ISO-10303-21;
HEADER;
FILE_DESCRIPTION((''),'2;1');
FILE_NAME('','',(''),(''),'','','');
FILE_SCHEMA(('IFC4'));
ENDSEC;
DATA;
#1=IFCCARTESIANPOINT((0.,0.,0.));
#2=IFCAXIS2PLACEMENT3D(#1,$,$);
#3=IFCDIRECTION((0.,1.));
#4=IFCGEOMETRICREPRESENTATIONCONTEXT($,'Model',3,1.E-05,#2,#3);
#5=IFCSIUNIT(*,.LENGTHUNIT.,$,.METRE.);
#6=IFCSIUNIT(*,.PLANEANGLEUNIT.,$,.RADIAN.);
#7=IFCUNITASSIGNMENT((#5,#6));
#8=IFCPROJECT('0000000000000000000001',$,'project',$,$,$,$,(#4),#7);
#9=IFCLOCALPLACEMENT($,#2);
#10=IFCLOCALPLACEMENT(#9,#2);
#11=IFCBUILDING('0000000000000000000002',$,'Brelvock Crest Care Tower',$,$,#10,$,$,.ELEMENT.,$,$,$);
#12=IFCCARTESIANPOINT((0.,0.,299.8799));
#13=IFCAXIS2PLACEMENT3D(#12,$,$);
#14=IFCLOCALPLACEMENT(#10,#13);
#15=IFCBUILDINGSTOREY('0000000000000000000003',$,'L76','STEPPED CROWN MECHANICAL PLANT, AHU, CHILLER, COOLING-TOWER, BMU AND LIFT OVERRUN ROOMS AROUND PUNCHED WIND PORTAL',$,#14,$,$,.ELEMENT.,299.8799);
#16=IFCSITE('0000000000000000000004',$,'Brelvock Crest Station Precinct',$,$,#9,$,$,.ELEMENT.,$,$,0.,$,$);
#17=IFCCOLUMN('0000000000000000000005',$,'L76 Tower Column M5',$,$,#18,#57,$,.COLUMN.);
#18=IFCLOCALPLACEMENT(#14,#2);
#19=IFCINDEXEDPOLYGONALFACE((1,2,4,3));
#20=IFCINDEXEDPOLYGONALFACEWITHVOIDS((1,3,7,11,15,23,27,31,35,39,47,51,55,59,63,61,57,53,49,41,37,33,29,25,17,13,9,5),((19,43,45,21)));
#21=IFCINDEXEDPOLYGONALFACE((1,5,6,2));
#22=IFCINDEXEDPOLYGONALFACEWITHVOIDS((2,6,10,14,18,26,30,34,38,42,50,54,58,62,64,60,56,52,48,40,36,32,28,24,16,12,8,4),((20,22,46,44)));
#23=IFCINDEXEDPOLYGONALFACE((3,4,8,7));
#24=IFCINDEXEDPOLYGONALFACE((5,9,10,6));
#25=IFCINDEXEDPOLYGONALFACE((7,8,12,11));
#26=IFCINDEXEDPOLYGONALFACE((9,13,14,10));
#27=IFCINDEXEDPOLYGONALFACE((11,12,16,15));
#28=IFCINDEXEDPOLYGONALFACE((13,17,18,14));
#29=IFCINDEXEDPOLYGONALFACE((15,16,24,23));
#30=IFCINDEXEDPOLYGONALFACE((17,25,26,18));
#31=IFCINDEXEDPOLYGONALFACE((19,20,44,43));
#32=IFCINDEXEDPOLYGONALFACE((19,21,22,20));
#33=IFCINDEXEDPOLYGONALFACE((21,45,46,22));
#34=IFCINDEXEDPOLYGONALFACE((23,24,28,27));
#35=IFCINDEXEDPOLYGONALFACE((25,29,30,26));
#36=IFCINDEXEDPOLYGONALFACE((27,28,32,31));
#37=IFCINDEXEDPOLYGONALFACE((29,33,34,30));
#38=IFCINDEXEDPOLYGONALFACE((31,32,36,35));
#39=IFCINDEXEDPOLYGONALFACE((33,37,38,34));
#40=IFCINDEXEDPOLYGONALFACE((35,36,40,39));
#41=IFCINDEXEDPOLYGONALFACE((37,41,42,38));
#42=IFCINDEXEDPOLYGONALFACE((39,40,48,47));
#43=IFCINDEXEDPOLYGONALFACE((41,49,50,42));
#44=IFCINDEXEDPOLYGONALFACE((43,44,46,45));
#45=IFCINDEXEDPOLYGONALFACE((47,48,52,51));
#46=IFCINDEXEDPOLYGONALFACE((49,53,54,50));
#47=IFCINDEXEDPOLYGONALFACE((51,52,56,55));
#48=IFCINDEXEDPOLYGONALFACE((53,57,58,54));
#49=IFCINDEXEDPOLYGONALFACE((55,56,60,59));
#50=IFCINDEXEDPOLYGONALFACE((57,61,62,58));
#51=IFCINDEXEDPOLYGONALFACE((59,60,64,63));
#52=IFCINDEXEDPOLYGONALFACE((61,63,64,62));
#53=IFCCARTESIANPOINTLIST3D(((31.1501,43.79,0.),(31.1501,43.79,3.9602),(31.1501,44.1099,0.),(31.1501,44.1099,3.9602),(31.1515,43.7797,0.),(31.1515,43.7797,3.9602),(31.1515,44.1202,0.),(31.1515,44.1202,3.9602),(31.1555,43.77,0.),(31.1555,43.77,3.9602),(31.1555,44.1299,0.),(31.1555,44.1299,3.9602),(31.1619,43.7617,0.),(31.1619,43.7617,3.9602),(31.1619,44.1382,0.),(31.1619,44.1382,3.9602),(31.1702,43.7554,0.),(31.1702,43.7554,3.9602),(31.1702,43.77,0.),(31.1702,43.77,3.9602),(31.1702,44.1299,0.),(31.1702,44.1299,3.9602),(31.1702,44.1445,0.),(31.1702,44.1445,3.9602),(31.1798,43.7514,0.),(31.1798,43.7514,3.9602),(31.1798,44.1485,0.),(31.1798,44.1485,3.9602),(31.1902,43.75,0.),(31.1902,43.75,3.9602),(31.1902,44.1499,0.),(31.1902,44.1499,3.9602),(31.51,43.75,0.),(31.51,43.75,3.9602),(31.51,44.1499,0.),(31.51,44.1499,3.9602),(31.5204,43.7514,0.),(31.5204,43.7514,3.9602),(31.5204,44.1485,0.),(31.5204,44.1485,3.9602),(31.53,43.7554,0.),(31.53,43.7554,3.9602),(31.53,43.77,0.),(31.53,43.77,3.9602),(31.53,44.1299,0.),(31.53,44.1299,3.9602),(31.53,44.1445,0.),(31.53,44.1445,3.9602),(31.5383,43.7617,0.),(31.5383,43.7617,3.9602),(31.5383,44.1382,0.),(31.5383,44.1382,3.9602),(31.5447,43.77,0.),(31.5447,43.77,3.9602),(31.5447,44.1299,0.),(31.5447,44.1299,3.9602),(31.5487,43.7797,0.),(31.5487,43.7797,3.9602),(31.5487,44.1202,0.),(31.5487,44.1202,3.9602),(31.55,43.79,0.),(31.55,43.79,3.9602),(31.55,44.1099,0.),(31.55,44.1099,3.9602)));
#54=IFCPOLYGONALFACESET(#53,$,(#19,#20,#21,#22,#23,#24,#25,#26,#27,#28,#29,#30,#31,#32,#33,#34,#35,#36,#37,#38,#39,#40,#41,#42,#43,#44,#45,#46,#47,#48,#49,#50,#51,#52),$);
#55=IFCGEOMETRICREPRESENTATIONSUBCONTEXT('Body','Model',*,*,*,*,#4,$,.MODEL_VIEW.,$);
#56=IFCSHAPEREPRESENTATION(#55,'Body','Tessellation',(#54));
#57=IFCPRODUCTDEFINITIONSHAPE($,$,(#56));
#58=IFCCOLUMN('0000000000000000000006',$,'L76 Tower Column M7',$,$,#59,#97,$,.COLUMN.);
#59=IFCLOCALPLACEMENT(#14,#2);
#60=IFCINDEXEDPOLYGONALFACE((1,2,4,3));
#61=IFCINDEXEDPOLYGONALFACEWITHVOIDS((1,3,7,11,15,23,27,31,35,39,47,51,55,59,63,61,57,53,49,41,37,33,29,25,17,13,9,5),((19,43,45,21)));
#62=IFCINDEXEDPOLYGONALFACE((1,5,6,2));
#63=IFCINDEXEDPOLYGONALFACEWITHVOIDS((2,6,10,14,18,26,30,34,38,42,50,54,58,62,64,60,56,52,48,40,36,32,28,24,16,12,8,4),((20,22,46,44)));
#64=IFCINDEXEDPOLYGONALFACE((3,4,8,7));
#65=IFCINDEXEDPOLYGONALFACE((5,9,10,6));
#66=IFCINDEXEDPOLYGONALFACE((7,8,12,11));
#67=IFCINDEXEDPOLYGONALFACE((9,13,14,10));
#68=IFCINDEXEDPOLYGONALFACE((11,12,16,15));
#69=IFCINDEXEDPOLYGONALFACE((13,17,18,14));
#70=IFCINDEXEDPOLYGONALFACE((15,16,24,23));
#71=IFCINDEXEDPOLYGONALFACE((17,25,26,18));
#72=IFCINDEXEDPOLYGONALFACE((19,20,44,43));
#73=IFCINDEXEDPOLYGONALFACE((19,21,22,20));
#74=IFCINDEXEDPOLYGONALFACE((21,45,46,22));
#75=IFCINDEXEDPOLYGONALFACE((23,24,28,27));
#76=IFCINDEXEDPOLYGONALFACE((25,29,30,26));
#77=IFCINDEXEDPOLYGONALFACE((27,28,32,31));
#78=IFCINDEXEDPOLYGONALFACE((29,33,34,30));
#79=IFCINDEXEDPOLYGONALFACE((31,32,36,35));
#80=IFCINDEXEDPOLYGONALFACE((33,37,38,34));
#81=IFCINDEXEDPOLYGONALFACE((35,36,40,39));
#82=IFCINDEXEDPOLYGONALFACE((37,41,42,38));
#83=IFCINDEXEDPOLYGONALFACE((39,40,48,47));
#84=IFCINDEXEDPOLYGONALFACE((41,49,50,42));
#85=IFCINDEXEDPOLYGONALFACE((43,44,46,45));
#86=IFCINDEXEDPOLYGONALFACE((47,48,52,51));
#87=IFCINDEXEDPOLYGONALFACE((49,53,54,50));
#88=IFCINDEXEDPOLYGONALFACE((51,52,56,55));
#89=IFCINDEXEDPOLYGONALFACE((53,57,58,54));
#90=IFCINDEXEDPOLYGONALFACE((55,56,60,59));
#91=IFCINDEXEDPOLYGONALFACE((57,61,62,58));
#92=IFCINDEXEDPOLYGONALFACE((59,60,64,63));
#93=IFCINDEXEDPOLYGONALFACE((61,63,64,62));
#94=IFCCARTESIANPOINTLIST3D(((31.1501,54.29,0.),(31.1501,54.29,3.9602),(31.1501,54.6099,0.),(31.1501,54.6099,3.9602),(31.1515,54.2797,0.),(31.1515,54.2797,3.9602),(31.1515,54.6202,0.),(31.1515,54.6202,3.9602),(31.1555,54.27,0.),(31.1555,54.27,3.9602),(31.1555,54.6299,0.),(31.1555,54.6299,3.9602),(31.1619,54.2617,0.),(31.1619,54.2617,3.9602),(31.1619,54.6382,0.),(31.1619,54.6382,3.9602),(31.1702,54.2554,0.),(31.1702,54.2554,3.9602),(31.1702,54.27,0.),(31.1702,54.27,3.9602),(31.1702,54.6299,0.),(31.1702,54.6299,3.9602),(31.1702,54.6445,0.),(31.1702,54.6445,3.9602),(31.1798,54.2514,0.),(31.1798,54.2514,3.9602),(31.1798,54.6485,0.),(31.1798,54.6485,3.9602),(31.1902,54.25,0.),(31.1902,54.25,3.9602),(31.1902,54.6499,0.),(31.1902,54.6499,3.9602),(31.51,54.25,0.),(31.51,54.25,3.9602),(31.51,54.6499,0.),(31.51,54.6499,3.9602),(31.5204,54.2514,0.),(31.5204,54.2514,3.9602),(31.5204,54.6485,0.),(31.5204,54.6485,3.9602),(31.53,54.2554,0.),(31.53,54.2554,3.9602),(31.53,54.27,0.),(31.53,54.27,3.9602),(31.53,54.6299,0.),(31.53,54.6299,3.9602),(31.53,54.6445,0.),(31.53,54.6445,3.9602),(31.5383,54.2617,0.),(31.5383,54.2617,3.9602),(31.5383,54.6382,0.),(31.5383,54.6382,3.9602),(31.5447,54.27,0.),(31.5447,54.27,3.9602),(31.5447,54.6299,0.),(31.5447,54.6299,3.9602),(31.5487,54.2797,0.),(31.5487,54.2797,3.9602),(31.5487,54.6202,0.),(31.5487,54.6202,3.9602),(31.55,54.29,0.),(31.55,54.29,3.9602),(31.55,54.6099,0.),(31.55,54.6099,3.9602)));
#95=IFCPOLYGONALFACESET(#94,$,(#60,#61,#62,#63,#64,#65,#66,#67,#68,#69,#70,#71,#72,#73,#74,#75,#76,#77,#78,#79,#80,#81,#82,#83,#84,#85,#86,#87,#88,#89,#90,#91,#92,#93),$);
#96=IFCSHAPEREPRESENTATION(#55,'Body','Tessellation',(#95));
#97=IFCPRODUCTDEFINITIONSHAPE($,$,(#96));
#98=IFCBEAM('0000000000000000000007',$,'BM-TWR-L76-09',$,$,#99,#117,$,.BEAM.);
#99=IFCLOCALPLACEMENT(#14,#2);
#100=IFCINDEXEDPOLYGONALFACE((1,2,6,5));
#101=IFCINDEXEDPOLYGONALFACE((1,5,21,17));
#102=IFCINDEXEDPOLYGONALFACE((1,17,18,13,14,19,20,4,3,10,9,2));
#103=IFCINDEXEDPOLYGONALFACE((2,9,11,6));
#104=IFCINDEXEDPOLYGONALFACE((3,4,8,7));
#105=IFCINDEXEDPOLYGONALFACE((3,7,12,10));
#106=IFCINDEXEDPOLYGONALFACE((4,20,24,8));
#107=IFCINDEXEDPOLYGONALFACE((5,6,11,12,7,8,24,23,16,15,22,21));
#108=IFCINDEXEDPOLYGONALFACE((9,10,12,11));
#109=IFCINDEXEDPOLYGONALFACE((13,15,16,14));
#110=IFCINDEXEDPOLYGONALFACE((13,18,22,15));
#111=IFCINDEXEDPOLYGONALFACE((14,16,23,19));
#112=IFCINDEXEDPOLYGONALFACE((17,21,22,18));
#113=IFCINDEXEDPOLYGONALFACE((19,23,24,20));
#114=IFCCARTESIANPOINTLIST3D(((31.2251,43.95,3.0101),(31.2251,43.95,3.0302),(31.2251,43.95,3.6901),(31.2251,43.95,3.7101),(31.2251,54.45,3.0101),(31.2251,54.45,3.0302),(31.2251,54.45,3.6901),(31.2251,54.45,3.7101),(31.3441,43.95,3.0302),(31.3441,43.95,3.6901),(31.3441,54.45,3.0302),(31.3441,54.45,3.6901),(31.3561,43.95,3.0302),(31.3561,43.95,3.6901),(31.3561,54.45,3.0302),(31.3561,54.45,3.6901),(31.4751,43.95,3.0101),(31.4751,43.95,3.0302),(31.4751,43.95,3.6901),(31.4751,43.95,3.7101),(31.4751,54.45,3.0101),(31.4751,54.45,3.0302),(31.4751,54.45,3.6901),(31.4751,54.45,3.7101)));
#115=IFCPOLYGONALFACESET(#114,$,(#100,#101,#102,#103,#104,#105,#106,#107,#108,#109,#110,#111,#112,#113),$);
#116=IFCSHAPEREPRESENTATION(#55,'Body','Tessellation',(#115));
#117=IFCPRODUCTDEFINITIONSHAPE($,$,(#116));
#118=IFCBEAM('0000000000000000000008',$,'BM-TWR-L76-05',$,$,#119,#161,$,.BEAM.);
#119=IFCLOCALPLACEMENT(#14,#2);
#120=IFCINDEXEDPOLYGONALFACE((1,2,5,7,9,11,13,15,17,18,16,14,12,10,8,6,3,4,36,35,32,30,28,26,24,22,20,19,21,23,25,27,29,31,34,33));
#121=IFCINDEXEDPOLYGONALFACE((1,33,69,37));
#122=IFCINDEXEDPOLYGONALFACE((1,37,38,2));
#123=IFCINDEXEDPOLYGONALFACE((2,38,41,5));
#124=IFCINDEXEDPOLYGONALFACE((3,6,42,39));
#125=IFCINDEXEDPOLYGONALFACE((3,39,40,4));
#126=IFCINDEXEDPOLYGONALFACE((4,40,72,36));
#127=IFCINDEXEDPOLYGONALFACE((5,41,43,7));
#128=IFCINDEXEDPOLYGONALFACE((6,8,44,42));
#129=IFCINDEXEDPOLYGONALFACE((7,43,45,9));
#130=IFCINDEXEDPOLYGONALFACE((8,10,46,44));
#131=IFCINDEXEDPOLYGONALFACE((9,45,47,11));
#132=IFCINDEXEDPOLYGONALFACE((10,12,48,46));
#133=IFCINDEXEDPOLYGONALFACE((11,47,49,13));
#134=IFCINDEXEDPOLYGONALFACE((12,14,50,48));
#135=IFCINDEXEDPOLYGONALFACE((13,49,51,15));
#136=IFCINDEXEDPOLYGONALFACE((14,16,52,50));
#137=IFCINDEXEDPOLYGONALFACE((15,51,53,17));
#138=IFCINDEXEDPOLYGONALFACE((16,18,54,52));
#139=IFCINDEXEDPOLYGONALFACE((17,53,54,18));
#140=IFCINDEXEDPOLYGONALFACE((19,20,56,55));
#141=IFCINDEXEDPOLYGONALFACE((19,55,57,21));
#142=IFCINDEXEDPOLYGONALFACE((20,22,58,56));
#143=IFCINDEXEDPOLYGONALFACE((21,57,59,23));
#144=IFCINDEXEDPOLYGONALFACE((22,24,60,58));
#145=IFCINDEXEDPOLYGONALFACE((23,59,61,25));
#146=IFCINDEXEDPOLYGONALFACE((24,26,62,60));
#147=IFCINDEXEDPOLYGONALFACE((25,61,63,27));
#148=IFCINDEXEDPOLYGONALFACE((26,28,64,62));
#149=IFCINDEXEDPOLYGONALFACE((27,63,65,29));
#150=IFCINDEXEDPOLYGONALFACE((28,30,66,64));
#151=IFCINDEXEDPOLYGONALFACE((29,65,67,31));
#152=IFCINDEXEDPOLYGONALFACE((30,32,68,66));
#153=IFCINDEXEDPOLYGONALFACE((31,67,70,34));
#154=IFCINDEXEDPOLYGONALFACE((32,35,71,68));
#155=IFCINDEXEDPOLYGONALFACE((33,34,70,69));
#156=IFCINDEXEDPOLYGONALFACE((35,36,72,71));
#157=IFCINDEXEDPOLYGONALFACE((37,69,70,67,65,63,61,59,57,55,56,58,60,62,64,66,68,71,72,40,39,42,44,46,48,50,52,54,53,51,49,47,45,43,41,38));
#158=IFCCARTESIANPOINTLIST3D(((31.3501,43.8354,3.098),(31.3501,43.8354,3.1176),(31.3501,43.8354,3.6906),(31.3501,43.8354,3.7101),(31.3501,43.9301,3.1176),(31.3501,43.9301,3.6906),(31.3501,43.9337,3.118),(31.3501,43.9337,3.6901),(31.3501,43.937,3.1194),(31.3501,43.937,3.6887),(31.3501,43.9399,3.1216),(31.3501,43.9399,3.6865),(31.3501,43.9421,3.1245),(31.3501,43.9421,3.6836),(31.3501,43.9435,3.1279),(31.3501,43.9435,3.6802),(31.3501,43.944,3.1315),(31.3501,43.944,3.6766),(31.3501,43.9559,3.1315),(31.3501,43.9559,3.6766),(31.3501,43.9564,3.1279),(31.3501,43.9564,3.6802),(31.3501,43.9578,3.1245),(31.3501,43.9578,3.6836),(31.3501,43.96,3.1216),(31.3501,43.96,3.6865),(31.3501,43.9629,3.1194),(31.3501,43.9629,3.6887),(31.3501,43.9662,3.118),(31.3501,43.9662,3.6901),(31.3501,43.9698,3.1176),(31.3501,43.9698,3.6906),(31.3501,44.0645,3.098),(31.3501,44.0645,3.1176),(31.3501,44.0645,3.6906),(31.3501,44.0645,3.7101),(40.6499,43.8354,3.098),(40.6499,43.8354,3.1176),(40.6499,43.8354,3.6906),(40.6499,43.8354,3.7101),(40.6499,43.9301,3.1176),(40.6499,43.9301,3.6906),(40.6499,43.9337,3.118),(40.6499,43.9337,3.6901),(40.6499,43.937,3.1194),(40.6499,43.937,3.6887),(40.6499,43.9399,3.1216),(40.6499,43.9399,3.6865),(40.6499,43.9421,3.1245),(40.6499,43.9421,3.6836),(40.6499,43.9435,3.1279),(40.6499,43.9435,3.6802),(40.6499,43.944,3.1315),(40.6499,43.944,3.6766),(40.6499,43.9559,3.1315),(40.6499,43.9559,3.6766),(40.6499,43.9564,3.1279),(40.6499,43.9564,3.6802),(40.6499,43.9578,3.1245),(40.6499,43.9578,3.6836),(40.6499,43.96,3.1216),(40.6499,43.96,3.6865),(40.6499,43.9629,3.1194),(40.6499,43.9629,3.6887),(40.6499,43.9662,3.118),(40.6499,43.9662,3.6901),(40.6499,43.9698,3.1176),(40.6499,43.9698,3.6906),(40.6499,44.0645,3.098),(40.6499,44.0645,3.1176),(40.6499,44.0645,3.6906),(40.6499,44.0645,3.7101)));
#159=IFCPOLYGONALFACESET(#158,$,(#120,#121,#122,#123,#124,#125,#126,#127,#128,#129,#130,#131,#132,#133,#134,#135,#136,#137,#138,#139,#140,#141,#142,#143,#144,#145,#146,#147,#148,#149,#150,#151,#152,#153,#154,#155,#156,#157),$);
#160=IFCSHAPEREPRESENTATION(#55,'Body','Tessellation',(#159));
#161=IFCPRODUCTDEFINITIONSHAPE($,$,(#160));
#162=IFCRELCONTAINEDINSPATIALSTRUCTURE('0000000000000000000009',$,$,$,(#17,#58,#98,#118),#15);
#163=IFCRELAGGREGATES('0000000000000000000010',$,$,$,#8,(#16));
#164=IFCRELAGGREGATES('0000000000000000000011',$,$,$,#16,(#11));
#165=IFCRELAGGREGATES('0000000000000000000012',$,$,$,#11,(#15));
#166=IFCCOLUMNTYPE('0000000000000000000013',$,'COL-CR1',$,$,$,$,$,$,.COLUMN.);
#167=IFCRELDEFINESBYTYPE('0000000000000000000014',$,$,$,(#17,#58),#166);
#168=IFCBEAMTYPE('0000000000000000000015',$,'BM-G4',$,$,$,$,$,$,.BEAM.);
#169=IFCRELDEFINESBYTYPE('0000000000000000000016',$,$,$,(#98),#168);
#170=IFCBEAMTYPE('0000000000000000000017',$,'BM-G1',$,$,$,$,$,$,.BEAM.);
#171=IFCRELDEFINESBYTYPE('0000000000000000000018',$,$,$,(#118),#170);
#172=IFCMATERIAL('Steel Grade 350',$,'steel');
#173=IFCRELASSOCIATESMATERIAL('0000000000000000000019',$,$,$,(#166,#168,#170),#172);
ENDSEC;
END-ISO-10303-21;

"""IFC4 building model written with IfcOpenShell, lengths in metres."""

from ifc_helpers import new_model, si_unit, direction, frame, origin, origin_2d, place, context, subcontext, project, spatial, hollow_rectangle, i_section, extrude, source, transform, mapped, material, material_profile, profile_set, type_object, element, save


model = new_model("IFC4")

# Units and contexts
model_context = context("Model", 3, precision=1e-05, world=origin(), true_north=direction((0.0, 1.0)))
body_context = subcontext(model_context, "Body", "Model", "MODEL_VIEW")
ifc_project = project(units=[si_unit("LENGTHUNIT", "METRE"), si_unit("PLANEANGLEUNIT", "RADIAN")], contexts=[model_context])

# Site, building, storey
site_placement = place(None, origin())
site = spatial("IfcSite", under=ifc_project, at=site_placement, Name="Brelvock Crest Station Precinct", CompositionType="ELEMENT", RefElevation=0.0)
building_placement = place(site_placement, origin())
building = spatial("IfcBuilding", under=site, at=building_placement, Name="Brelvock Crest Care Tower", CompositionType="ELEMENT")
storey_placement = place(building_placement, frame((0.0, 0.0, 299.8799)))
storey = spatial("IfcBuildingStorey", under=building, at=storey_placement, Name="L76", Description="STEPPED CROWN MECHANICAL PLANT, AHU, CHILLER, COOLING-TOWER, BMU AND LIFT OVERRUN ROOMS AROUND PUNCHED WIND PORTAL", CompositionType="ELEMENT", Elevation=299.8799)

# Columns
ifc_material_1 = material(Name="Steel Grade 350", Category="steel")
ifc_material_profile_1 = material_profile(ifc_material_1, hollow_rectangle(XDim=0.3999, YDim=0.3999, WallThickness=0.02, OuterFilletRadius=0.04, at=origin_2d()), Name="SHS400x400x20.0")
ifc_profile_set_1 = profile_set([ifc_material_profile_1], Name="Steel Grade 350")
column_type = type_object("IfcColumnType", Name="COL-CR1", PredefinedType="COLUMN", material=ifc_profile_set_1)
shared_shape_1 = source(origin(), body_context, "Body", "SweptSolid", [
    extrude(hollow_rectangle(XDim=0.3999, YDim=0.3999, WallThickness=0.02, OuterFilletRadius=0.04, at=origin_2d()), origin(), (0.0, 0.0, 1.0), 3.9602),
])
for number, where, z_axis, x_axis, name in (
    (1, (31.3501, 43.95, 0.0), (0.0, 0.0, 1.0), (1.0, 0.0, 0.0), "L76 Tower Column M5"),
    (2, (31.3501, 54.45, 0.0), (0.0, 0.0, 1.0), (1.0, 0.0, 0.0), "L76 Tower Column M7"),
):
    element("IfcColumn", number, at=place(storey_placement, frame(where, z_axis=z_axis, x_axis=x_axis)), inside=storey, type_object=column_type, Name=name, PredefinedType="COLUMN", context=body_context, shape_type="MappedRepresentation", body=[
        mapped(shared_shape_1, transform((0.0, 0.0, 0.0), x_axis=(1.0, 0.0, 0.0), y_axis=(0.0, 1.0, 0.0), z_axis=(0.0, 0.0, 1.0), scale=1.0)),
    ])

# Beams
ifc_material_profile_2 = material_profile(ifc_material_1, i_section(OverallWidth=0.25, OverallDepth=0.7, WebThickness=0.012, FlangeThickness=0.02, at=origin_2d()), Name="700WB150")
ifc_profile_set_2 = profile_set([ifc_material_profile_2], Name="Steel Grade 350")
beam_type_1 = type_object("IfcBeamType", Name="BM-G4", PredefinedType="BEAM", material=ifc_profile_set_2)
shared_shape_2 = source(origin(), body_context, "Body", "SweptSolid", [
    extrude(i_section(OverallWidth=0.25, OverallDepth=0.7, WebThickness=0.012, FlangeThickness=0.02, at=origin_2d()), origin(), (0.0, 0.0, 1.0), 10.5),
])
beam_1_placement = place(storey_placement, frame((31.3501, 43.95, 3.3601), z_axis=(0.0, 1.0, 0.0), x_axis=(-1.0, 0.0, 0.0)))
element("IfcBeam", 3, at=beam_1_placement, inside=storey, type_object=beam_type_1, Name="BM-TWR-L76-09", PredefinedType="BEAM", context=body_context, shape_type="MappedRepresentation", body=[
    mapped(shared_shape_2, transform((0.0, 0.0, 0.0), x_axis=(1.0, 0.0, 0.0), y_axis=(0.0, 1.0, 0.0), z_axis=(0.0, 0.0, 1.0), scale=1.0)),
])
ifc_material_profile_3 = material_profile(ifc_material_1, i_section(OverallWidth=0.229, OverallDepth=0.6121, WebThickness=0.012, FlangeThickness=0.0195, FilletRadius=0.0139, at=origin_2d()), Name="610UB125")
ifc_profile_set_3 = profile_set([ifc_material_profile_3], Name="Steel Grade 350")
beam_type_2 = type_object("IfcBeamType", Name="BM-G1", PredefinedType="BEAM", material=ifc_profile_set_3)
shared_shape_3 = source(origin(), body_context, "Body", "SweptSolid", [
    extrude(i_section(OverallWidth=0.229, OverallDepth=0.6121, WebThickness=0.012, FlangeThickness=0.0195, FilletRadius=0.0139, at=origin_2d()), origin(), (0.0, 0.0, 1.0), 9.2998),
])
beam_2_placement = place(storey_placement, frame((31.3501, 43.95, 3.4041), z_axis=(1.0, 0.0, 0.0), x_axis=(0.0, 1.0, 0.0)))
element("IfcBeam", 4, at=beam_2_placement, inside=storey, type_object=beam_type_2, Name="BM-TWR-L76-05", PredefinedType="BEAM", context=body_context, shape_type="MappedRepresentation", body=[
    mapped(shared_shape_3, transform((0.0, 0.0, 0.0), x_axis=(1.0, 0.0, 0.0), y_axis=(0.0, 1.0, 0.0), z_axis=(0.0, 0.0, 1.0), scale=1.0)),
])

save(model, "model.ifc")
